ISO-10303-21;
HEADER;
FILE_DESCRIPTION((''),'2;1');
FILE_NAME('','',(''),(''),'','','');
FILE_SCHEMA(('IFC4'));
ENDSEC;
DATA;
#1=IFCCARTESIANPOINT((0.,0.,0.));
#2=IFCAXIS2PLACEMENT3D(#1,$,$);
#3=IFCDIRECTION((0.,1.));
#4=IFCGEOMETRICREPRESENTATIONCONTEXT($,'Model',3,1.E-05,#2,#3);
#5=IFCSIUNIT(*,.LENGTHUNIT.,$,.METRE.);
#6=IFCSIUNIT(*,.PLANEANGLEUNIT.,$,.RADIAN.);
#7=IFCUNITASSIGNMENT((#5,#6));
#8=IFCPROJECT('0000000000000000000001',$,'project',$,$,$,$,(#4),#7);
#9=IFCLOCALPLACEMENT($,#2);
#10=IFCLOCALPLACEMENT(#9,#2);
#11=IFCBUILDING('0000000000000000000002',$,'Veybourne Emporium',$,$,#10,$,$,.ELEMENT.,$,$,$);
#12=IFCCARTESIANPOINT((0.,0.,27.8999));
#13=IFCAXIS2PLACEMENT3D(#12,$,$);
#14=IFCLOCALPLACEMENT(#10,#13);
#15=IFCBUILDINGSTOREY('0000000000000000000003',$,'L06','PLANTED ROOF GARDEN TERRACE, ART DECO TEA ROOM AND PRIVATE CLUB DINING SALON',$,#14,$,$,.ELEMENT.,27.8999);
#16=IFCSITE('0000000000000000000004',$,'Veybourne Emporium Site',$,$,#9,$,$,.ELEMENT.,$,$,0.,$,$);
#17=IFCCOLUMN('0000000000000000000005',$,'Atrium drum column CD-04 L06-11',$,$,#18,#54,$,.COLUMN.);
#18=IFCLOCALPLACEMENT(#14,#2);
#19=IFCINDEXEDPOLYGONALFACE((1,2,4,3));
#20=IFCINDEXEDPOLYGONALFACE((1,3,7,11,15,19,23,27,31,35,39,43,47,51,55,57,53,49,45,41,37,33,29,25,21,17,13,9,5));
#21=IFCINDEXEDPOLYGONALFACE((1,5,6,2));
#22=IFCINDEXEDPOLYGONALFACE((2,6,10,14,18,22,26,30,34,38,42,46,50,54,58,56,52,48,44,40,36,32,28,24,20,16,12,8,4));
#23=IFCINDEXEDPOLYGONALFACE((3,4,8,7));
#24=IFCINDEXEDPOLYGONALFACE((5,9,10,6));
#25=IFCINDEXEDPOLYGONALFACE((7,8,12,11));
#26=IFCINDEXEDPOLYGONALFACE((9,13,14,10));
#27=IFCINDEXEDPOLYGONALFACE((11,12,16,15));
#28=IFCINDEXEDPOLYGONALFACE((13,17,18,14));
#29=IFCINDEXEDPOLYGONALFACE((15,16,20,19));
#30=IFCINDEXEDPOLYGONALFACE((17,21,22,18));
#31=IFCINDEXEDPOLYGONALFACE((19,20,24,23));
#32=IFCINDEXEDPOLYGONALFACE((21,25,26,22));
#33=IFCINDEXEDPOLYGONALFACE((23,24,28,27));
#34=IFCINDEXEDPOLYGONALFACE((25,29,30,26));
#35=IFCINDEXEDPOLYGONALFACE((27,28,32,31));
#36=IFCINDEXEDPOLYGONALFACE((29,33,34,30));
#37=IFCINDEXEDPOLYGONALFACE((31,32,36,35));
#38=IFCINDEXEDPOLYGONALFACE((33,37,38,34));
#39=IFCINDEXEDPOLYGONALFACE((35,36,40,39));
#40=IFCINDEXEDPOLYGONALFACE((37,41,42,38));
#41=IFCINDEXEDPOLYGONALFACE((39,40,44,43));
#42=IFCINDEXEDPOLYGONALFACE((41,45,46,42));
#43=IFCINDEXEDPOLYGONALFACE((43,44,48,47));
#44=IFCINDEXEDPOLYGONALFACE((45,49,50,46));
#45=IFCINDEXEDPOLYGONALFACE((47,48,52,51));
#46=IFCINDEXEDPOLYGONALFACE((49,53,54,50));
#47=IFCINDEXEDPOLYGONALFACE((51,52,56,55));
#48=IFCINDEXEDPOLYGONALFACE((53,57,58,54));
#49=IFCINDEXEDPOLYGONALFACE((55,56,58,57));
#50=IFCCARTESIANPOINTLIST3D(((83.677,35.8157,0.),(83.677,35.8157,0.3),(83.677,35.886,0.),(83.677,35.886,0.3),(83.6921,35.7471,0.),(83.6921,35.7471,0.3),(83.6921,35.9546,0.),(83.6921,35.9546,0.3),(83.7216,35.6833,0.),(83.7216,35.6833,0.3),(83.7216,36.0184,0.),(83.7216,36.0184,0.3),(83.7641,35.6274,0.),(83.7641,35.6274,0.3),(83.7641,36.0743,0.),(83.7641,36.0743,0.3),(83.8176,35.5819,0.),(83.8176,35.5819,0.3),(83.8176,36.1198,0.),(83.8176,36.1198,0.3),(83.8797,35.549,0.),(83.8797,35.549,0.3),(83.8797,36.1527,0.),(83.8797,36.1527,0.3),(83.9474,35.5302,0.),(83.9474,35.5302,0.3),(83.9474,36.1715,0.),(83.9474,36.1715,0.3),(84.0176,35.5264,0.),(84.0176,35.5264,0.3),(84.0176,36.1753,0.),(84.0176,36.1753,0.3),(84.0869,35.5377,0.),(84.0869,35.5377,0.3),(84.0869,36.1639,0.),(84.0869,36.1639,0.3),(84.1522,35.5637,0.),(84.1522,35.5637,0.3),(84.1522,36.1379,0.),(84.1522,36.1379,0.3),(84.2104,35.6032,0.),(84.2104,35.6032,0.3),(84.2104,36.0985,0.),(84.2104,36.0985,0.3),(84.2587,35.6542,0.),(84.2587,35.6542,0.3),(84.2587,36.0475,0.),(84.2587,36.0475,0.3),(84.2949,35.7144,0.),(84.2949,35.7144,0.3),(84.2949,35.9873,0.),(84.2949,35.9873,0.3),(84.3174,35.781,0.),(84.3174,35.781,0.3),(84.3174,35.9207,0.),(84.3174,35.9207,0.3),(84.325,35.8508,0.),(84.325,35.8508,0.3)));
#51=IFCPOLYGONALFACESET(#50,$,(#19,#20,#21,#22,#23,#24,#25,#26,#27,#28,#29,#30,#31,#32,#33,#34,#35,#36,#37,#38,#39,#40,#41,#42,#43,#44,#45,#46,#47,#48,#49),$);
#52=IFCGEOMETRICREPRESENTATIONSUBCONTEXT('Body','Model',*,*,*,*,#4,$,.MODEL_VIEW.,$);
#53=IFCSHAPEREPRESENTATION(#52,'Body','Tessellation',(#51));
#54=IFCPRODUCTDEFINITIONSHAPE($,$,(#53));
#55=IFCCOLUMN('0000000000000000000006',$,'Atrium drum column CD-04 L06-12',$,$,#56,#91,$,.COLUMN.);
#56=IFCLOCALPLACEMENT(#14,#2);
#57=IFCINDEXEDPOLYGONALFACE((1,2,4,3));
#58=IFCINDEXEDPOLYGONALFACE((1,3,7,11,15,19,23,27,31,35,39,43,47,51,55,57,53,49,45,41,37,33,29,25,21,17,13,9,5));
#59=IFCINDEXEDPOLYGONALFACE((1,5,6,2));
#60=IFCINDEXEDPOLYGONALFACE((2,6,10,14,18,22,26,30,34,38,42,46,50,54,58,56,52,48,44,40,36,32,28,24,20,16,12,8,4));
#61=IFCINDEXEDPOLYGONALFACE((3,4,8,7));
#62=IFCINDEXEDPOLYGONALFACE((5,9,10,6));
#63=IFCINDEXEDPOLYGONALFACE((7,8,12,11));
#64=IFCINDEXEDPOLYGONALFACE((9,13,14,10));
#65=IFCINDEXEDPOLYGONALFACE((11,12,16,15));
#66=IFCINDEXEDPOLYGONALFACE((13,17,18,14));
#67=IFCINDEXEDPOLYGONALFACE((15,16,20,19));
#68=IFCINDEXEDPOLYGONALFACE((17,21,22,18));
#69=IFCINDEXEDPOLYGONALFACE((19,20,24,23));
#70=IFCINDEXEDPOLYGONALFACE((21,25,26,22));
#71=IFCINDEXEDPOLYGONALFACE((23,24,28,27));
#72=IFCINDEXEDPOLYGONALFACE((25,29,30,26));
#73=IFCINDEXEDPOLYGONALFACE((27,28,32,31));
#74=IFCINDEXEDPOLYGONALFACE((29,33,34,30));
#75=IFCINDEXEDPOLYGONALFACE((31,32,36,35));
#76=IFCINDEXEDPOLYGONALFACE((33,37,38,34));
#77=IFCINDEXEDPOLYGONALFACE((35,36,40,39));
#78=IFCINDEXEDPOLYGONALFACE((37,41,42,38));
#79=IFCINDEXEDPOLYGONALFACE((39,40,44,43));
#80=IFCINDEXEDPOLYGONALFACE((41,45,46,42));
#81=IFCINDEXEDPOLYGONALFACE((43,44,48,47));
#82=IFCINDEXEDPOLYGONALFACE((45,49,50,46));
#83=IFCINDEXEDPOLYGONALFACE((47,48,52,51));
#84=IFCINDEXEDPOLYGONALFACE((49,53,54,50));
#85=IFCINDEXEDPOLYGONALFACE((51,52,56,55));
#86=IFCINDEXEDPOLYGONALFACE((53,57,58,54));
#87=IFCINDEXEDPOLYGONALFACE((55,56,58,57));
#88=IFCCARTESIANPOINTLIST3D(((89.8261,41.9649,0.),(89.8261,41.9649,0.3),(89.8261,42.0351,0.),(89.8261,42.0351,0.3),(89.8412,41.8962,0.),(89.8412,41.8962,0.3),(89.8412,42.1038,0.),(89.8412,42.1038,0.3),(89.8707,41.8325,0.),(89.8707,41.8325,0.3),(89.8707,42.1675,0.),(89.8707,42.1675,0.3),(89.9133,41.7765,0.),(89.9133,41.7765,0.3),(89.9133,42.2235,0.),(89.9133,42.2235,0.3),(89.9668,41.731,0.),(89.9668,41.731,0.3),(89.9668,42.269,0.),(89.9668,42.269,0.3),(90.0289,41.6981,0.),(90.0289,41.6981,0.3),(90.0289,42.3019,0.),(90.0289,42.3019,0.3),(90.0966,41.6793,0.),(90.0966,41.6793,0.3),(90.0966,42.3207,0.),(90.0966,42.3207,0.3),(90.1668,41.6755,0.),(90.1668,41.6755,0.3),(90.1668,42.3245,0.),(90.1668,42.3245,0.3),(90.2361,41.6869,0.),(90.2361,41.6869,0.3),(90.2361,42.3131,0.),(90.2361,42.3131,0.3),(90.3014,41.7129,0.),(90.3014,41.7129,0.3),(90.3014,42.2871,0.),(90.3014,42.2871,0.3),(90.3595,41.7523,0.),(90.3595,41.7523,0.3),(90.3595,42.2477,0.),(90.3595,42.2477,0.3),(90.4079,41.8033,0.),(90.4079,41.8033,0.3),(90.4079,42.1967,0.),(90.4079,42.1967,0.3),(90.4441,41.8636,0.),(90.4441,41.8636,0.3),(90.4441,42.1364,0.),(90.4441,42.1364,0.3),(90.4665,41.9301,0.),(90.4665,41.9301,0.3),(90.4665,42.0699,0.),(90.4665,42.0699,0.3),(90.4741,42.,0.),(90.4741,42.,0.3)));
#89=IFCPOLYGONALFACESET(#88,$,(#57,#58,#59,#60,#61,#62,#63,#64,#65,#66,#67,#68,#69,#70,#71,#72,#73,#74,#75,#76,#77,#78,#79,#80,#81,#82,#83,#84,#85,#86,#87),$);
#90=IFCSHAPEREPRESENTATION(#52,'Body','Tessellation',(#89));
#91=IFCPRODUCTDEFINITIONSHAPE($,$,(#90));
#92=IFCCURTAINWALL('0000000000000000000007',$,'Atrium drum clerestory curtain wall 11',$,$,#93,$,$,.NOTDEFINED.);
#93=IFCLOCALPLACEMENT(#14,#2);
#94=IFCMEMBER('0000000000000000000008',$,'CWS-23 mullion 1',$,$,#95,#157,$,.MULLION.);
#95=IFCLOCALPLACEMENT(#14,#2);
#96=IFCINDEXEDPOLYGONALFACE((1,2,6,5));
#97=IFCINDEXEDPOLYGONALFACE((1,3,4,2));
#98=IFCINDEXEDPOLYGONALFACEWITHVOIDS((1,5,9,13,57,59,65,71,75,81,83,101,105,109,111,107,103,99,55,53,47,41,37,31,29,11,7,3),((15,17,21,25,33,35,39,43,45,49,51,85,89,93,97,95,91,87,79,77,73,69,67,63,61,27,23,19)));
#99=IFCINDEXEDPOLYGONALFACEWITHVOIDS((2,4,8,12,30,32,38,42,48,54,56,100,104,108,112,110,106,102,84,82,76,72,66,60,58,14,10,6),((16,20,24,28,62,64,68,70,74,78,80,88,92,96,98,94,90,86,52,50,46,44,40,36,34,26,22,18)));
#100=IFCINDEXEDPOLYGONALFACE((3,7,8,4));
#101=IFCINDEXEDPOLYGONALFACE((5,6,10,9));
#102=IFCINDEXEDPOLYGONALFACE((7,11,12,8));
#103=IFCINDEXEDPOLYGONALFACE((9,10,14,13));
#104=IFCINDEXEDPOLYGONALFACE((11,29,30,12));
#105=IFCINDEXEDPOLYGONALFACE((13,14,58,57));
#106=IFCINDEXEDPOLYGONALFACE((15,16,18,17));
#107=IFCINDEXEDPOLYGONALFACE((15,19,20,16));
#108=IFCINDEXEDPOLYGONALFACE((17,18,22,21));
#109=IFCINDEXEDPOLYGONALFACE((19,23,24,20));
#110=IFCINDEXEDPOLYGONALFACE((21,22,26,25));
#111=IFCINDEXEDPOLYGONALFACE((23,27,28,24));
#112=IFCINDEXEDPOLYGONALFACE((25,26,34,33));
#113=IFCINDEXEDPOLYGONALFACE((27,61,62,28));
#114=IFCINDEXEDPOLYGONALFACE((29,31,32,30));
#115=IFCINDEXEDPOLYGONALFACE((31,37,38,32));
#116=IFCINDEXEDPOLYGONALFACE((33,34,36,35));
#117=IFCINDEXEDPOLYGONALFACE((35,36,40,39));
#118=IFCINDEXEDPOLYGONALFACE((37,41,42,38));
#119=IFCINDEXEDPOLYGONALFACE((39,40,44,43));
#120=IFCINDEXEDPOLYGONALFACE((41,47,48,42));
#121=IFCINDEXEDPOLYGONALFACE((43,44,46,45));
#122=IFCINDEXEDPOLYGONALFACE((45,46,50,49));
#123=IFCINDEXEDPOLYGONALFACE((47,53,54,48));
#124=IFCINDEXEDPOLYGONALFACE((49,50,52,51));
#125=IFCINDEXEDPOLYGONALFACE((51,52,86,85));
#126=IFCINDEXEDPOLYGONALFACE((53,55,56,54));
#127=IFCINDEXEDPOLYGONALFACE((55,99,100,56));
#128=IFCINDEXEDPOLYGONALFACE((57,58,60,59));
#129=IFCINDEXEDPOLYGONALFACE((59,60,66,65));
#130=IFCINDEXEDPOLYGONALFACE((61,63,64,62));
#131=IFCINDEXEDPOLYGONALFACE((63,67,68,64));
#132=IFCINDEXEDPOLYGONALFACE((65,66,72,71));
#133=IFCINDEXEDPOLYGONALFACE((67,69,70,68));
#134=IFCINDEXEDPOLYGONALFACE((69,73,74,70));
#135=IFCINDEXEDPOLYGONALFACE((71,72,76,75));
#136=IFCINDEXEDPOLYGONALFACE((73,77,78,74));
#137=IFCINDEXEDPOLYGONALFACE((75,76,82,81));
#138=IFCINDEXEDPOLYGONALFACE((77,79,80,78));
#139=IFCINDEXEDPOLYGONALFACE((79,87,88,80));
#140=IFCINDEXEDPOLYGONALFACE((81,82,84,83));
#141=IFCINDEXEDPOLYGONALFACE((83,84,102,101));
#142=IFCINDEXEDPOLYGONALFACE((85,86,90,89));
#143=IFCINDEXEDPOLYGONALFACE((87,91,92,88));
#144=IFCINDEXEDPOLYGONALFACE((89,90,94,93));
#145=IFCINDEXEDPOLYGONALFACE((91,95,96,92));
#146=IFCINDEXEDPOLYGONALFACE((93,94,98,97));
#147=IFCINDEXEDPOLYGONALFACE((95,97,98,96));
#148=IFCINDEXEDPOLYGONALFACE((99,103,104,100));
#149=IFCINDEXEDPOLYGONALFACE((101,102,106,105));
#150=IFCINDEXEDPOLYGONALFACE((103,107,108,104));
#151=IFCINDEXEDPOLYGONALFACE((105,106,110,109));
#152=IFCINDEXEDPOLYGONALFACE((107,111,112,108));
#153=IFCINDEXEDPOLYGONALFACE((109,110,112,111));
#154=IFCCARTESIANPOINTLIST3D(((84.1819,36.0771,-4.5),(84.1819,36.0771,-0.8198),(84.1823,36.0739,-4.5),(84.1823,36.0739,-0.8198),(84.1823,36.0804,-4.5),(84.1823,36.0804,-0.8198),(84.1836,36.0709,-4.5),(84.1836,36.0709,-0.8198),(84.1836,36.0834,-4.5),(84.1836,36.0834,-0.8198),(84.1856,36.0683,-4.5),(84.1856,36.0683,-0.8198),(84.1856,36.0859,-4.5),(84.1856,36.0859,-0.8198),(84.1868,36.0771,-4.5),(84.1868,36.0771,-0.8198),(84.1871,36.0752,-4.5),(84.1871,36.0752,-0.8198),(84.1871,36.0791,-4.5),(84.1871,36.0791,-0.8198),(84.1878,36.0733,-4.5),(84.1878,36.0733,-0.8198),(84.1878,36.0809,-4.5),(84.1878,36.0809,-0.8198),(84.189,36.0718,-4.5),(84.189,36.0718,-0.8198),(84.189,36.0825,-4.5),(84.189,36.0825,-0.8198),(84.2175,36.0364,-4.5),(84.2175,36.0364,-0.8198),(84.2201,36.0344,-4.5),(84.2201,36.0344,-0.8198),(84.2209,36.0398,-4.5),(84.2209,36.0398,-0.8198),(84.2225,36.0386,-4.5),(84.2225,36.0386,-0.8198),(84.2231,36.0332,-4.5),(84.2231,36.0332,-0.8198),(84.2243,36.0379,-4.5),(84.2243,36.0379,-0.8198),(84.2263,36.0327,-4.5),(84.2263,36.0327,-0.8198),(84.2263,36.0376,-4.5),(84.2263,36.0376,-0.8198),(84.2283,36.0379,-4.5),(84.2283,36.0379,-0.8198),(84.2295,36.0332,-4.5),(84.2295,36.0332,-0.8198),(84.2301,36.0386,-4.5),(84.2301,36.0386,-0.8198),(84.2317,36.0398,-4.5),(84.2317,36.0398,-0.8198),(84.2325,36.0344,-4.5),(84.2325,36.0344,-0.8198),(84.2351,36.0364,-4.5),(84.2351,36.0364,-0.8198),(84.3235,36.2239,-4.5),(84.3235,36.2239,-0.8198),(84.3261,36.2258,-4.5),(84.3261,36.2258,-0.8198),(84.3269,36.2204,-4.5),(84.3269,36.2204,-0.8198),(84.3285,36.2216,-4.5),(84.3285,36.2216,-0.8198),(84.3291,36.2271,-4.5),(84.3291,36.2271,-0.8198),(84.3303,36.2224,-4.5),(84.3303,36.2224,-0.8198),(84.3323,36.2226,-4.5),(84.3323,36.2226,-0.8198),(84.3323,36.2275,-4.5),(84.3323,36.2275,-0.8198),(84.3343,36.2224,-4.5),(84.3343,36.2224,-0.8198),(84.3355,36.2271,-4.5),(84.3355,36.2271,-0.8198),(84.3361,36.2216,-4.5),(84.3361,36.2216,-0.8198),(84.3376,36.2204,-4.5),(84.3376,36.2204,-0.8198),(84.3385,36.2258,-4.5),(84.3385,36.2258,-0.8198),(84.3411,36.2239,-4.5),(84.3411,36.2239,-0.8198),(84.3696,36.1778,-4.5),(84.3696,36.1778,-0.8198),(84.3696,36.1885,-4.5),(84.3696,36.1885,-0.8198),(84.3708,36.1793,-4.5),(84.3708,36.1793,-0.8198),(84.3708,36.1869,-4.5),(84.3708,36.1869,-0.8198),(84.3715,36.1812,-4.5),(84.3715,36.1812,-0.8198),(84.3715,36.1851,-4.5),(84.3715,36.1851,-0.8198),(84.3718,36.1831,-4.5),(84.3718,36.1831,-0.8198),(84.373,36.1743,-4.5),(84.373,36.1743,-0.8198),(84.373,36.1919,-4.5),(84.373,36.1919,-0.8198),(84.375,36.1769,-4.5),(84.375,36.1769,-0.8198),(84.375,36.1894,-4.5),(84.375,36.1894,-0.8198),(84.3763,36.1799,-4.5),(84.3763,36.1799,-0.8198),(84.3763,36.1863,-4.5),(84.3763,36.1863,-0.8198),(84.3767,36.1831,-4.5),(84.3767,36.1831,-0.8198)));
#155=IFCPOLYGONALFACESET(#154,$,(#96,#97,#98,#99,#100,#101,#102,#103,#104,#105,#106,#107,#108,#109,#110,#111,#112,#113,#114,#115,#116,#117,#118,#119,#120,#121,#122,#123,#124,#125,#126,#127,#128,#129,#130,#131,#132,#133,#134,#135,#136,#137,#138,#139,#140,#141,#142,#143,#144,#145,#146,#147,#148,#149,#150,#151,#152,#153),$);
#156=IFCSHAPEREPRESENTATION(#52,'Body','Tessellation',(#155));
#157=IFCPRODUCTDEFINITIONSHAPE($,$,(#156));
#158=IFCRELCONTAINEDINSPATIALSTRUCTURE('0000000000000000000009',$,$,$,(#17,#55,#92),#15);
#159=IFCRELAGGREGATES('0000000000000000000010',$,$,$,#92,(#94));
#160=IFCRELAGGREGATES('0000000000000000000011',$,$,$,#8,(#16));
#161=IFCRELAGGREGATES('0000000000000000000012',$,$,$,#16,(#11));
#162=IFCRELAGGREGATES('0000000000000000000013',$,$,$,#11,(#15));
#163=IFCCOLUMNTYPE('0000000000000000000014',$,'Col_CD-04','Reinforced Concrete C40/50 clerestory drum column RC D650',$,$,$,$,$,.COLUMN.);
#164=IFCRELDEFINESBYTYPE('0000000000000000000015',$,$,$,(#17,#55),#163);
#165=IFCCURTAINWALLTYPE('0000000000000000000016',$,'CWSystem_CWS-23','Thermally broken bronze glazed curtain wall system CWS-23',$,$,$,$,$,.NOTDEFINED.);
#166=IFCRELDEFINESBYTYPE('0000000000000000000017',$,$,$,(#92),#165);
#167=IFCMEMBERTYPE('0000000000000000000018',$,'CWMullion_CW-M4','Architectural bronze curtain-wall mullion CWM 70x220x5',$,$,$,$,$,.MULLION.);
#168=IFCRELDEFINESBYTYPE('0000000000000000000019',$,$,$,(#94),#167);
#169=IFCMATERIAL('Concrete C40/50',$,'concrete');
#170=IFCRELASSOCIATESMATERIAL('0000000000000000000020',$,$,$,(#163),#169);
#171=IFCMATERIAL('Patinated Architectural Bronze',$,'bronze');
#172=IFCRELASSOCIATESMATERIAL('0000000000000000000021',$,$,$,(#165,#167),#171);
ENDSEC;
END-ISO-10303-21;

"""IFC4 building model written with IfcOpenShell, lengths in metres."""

from ifc_helpers import new_model, si_unit, direction, frame, origin, origin_2d, place, context, subcontext, project, spatial, hollow_rectangle, circle, extrude, material, material_profile, profile_set, type_object, element, aggregate, save


model = new_model("IFC4")

# Units and contexts
model_context = context("Model", 3, precision=1e-05, world=origin(), true_north=direction((0.0, 1.0)))
body_context = subcontext(model_context, "Body", "Model", "MODEL_VIEW")
ifc_project = project(units=[si_unit("LENGTHUNIT", "METRE"), si_unit("PLANEANGLEUNIT", "RADIAN")], contexts=[model_context])

# Site, building, storey
site_placement = place(None, origin())
site = spatial("IfcSite", under=ifc_project, at=site_placement, Name="Veybourne Emporium Site", CompositionType="ELEMENT", RefElevation=0.0)
building_placement = place(site_placement, origin())
building = spatial("IfcBuilding", under=site, at=building_placement, Name="Veybourne Emporium", CompositionType="ELEMENT")
storey_placement = place(building_placement, frame((0.0, 0.0, 27.8999)))
storey = spatial("IfcBuildingStorey", under=building, at=storey_placement, Name="L06", Description="PLANTED ROOF GARDEN TERRACE, ART DECO TEA ROOM AND PRIVATE CLUB DINING SALON", CompositionType="ELEMENT", Elevation=27.8999)

# Columns
ifc_material_1 = material(Name="Concrete C40/50", Category="concrete")
ifc_material_profile_1 = material_profile(ifc_material_1, circle(Radius=0.325, at=origin_2d()), Name="RC D650")
ifc_profile_set_1 = profile_set([ifc_material_profile_1], Name="Concrete C40/50")
column_type = type_object("IfcColumnType", Name="Col_CD-04", Description="Reinforced Concrete C40/50 clerestory drum column RC D650", PredefinedType="COLUMN", material=ifc_profile_set_1)
for number, where, z_axis, x_axis, name in (
    (1, (84.0, 35.8508, 0.0), (0.0, 0.0, 1.0), (1.0, 0.0, 0.0), "Atrium drum column CD-04 L06-11"),
    (2, (90.1492, 42.0, 0.0), (0.0, 0.0, 1.0), (1.0, 0.0, 0.0), "Atrium drum column CD-04 L06-12"),
):
    element("IfcColumn", number, at=place(storey_placement, frame(where, z_axis=z_axis, x_axis=x_axis)), inside=storey, type_object=column_type, Name=name, PredefinedType="COLUMN", context=body_context, shape_type="SweptSolid", body=[
        extrude(circle(Radius=0.325, at=origin_2d()), origin(), (0.0, 0.0, 1.0), 0.3),
    ])

# Curtain wall, member
ifc_material_2 = material(Name="Patinated Architectural Bronze", Category="bronze")
curtain_wall_type = type_object("IfcCurtainWallType", Name="CWSystem_CWS-23", Description="Thermally broken bronze glazed curtain wall system CWS-23", PredefinedType="NOTDEFINED", material=ifc_material_2)
curtain_wall_placement = place(storey_placement, origin())
curtain_wall = element("IfcCurtainWall", 3, at=curtain_wall_placement, inside=storey, type_object=curtain_wall_type, Name="Atrium drum clerestory curtain wall 11", PredefinedType="NOTDEFINED")
ifc_material_profile_2 = material_profile(ifc_material_2, hollow_rectangle(XDim=0.0701, YDim=0.22, WallThickness=0.0049, InnerFilletRadius=0.0076, OuterFilletRadius=0.0125, at=origin_2d()), Name="CWM 70x220x5")
ifc_profile_set_2 = profile_set([ifc_material_profile_2], Name="Patinated Architectural Bronze")
member_type_1 = type_object("IfcMemberType", Name="CWMullion_CW-M4", Description="Architectural bronze curtain-wall mullion CWM 70x220x5", PredefinedType="MULLION", material=ifc_profile_set_2)
member_1_placement = place(storey_placement, frame((84.2793, 36.1301, -4.5), z_axis=(0.0, 0.0, 1.0), x_axis=(-0.707107, 0.707107, 0.0)))
member_1 = element("IfcMember", 4, at=member_1_placement, type_object=member_type_1, Name="CWS-23 mullion 1", PredefinedType="MULLION", context=body_context, shape_type="SweptSolid", body=[
    extrude(hollow_rectangle(XDim=0.0701, YDim=0.22, WallThickness=0.0049, InnerFilletRadius=0.0076, OuterFilletRadius=0.0125, at=origin_2d()), origin(), (0.0, 0.0, 1.0), 3.6802),
])

aggregate(curtain_wall, [member_1])

save(model, "model.ifc")
